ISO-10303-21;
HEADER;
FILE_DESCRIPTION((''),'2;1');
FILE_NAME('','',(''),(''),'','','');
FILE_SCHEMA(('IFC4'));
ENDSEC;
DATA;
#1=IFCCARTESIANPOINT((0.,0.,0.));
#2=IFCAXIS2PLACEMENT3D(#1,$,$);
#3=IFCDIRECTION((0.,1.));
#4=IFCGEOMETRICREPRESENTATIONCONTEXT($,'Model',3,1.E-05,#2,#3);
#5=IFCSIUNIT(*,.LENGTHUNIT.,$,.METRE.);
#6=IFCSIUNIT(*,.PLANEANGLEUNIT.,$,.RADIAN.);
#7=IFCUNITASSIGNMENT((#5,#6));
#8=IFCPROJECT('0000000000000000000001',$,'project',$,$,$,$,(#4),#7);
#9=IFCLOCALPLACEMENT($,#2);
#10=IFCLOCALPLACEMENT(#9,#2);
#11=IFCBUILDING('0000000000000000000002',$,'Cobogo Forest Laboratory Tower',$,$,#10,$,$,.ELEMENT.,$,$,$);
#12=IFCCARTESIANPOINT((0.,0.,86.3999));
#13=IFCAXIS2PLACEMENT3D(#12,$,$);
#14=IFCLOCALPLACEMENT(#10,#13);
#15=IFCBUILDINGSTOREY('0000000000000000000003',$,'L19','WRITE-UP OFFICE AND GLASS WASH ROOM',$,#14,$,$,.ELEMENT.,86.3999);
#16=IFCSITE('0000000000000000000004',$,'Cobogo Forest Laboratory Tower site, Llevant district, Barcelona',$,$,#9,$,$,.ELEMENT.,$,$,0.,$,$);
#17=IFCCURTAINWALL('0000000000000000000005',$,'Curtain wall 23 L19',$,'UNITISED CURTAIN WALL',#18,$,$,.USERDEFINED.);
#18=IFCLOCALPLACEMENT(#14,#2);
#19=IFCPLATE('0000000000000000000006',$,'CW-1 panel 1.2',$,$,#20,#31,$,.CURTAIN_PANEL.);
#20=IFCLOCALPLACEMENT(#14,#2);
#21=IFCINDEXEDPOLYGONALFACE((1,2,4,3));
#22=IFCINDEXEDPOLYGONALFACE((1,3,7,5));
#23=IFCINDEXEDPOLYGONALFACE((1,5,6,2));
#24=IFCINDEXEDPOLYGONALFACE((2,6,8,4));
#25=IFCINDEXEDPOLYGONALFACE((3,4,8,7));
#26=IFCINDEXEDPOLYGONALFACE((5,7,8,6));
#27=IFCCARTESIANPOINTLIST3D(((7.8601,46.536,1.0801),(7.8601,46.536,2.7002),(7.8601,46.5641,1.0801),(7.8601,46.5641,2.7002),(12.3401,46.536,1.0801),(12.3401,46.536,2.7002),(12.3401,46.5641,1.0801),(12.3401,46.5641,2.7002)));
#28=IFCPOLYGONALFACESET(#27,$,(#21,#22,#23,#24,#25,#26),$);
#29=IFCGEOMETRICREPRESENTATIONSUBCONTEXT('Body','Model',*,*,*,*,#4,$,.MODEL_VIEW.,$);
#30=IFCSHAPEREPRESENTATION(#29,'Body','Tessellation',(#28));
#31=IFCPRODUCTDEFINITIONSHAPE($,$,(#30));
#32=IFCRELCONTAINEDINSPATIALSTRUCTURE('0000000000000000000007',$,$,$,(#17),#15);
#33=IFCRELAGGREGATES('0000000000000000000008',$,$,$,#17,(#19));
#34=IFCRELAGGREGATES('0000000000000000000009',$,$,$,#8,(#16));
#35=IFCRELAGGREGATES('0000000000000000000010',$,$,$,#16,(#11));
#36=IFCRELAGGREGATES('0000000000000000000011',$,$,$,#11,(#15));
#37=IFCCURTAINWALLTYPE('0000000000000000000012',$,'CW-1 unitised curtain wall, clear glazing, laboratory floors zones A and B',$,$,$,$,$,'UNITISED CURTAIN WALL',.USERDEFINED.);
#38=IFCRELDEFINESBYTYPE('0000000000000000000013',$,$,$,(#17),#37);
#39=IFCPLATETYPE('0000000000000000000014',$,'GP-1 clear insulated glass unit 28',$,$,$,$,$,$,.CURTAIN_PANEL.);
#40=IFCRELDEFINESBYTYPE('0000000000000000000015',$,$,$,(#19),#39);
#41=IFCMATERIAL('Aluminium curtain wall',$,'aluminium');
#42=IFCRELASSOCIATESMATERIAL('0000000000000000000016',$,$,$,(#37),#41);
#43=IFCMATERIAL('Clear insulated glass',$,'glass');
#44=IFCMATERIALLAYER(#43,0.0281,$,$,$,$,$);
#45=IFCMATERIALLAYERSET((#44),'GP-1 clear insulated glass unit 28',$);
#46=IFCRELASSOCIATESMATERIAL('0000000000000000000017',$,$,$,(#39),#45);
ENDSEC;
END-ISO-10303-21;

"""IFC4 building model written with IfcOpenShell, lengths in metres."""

from ifc_helpers import new_model, si_unit, direction, frame, origin, origin_2d, place, context, subcontext, project, spatial, rectangle, extrude, material, layer, layer_set, type_object, element, aggregate, save


model = new_model("IFC4")

# Units and contexts
model_context = context("Model", 3, precision=1e-05, world=origin(), true_north=direction((0.0, 1.0)))
body_context = subcontext(model_context, "Body", "Model", "MODEL_VIEW")
ifc_project = project(units=[si_unit("LENGTHUNIT", "METRE"), si_unit("PLANEANGLEUNIT", "RADIAN")], contexts=[model_context])

# Site, building, storey
site_placement = place(None, origin())
site = spatial("IfcSite", under=ifc_project, at=site_placement, Name="Cobogo Forest Laboratory Tower site, Llevant district, Barcelona", CompositionType="ELEMENT", RefElevation=0.0)
building_placement = place(site_placement, origin())
building = spatial("IfcBuilding", under=site, at=building_placement, Name="Cobogo Forest Laboratory Tower", CompositionType="ELEMENT")
storey_placement = place(building_placement, frame((0.0, 0.0, 86.3999)))
storey = spatial("IfcBuildingStorey", under=building, at=storey_placement, Name="L19", Description="WRITE-UP OFFICE AND GLASS WASH ROOM", CompositionType="ELEMENT", Elevation=86.3999)

# Curtain wall
ifc_material_1 = material(Name="Aluminium curtain wall", Category="aluminium")
curtain_wall_type = type_object("IfcCurtainWallType", Name="CW-1 unitised curtain wall, clear glazing, laboratory floors zones A and B", ElementType="UNITISED CURTAIN WALL", PredefinedType="USERDEFINED", material=ifc_material_1)
curtain_wall_1_placement = place(storey_placement, origin())
curtain_wall_1 = element("IfcCurtainWall", 1, at=curtain_wall_1_placement, inside=storey, type_object=curtain_wall_type, Name="Curtain wall 23 L19", ObjectType="UNITISED CURTAIN WALL", PredefinedType="USERDEFINED")

# Plate
ifc_material_2 = material(Name="Clear insulated glass", Category="glass")
ifc_layer = layer(ifc_material_2, 0.0281)
ifc_layer_set = layer_set([ifc_layer], Name="GP-1 clear insulated glass unit 28")
plate_type_1 = type_object("IfcPlateType", Name="GP-1 clear insulated glass unit 28", PredefinedType="CURTAIN_PANEL", material=ifc_layer_set)
plate_1_placement = place(storey_placement, frame((10.1001, 46.55, 1.0801), z_axis=(0.0, 0.0, 1.0), x_axis=(-1.0, 0.0, 0.0)))
plate_1 = element("IfcPlate", 2, at=plate_1_placement, type_object=plate_type_1, Name="CW-1 panel 1.2", PredefinedType="CURTAIN_PANEL", context=body_context, shape_type="SweptSolid", body=[
    extrude(rectangle(XDim=4.48, YDim=0.0281, at=origin_2d()), origin(), (0.0, 0.0, 1.0), 1.6201),
])
aggregate(curtain_wall_1, [plate_1])

save(model, "model.ifc")
